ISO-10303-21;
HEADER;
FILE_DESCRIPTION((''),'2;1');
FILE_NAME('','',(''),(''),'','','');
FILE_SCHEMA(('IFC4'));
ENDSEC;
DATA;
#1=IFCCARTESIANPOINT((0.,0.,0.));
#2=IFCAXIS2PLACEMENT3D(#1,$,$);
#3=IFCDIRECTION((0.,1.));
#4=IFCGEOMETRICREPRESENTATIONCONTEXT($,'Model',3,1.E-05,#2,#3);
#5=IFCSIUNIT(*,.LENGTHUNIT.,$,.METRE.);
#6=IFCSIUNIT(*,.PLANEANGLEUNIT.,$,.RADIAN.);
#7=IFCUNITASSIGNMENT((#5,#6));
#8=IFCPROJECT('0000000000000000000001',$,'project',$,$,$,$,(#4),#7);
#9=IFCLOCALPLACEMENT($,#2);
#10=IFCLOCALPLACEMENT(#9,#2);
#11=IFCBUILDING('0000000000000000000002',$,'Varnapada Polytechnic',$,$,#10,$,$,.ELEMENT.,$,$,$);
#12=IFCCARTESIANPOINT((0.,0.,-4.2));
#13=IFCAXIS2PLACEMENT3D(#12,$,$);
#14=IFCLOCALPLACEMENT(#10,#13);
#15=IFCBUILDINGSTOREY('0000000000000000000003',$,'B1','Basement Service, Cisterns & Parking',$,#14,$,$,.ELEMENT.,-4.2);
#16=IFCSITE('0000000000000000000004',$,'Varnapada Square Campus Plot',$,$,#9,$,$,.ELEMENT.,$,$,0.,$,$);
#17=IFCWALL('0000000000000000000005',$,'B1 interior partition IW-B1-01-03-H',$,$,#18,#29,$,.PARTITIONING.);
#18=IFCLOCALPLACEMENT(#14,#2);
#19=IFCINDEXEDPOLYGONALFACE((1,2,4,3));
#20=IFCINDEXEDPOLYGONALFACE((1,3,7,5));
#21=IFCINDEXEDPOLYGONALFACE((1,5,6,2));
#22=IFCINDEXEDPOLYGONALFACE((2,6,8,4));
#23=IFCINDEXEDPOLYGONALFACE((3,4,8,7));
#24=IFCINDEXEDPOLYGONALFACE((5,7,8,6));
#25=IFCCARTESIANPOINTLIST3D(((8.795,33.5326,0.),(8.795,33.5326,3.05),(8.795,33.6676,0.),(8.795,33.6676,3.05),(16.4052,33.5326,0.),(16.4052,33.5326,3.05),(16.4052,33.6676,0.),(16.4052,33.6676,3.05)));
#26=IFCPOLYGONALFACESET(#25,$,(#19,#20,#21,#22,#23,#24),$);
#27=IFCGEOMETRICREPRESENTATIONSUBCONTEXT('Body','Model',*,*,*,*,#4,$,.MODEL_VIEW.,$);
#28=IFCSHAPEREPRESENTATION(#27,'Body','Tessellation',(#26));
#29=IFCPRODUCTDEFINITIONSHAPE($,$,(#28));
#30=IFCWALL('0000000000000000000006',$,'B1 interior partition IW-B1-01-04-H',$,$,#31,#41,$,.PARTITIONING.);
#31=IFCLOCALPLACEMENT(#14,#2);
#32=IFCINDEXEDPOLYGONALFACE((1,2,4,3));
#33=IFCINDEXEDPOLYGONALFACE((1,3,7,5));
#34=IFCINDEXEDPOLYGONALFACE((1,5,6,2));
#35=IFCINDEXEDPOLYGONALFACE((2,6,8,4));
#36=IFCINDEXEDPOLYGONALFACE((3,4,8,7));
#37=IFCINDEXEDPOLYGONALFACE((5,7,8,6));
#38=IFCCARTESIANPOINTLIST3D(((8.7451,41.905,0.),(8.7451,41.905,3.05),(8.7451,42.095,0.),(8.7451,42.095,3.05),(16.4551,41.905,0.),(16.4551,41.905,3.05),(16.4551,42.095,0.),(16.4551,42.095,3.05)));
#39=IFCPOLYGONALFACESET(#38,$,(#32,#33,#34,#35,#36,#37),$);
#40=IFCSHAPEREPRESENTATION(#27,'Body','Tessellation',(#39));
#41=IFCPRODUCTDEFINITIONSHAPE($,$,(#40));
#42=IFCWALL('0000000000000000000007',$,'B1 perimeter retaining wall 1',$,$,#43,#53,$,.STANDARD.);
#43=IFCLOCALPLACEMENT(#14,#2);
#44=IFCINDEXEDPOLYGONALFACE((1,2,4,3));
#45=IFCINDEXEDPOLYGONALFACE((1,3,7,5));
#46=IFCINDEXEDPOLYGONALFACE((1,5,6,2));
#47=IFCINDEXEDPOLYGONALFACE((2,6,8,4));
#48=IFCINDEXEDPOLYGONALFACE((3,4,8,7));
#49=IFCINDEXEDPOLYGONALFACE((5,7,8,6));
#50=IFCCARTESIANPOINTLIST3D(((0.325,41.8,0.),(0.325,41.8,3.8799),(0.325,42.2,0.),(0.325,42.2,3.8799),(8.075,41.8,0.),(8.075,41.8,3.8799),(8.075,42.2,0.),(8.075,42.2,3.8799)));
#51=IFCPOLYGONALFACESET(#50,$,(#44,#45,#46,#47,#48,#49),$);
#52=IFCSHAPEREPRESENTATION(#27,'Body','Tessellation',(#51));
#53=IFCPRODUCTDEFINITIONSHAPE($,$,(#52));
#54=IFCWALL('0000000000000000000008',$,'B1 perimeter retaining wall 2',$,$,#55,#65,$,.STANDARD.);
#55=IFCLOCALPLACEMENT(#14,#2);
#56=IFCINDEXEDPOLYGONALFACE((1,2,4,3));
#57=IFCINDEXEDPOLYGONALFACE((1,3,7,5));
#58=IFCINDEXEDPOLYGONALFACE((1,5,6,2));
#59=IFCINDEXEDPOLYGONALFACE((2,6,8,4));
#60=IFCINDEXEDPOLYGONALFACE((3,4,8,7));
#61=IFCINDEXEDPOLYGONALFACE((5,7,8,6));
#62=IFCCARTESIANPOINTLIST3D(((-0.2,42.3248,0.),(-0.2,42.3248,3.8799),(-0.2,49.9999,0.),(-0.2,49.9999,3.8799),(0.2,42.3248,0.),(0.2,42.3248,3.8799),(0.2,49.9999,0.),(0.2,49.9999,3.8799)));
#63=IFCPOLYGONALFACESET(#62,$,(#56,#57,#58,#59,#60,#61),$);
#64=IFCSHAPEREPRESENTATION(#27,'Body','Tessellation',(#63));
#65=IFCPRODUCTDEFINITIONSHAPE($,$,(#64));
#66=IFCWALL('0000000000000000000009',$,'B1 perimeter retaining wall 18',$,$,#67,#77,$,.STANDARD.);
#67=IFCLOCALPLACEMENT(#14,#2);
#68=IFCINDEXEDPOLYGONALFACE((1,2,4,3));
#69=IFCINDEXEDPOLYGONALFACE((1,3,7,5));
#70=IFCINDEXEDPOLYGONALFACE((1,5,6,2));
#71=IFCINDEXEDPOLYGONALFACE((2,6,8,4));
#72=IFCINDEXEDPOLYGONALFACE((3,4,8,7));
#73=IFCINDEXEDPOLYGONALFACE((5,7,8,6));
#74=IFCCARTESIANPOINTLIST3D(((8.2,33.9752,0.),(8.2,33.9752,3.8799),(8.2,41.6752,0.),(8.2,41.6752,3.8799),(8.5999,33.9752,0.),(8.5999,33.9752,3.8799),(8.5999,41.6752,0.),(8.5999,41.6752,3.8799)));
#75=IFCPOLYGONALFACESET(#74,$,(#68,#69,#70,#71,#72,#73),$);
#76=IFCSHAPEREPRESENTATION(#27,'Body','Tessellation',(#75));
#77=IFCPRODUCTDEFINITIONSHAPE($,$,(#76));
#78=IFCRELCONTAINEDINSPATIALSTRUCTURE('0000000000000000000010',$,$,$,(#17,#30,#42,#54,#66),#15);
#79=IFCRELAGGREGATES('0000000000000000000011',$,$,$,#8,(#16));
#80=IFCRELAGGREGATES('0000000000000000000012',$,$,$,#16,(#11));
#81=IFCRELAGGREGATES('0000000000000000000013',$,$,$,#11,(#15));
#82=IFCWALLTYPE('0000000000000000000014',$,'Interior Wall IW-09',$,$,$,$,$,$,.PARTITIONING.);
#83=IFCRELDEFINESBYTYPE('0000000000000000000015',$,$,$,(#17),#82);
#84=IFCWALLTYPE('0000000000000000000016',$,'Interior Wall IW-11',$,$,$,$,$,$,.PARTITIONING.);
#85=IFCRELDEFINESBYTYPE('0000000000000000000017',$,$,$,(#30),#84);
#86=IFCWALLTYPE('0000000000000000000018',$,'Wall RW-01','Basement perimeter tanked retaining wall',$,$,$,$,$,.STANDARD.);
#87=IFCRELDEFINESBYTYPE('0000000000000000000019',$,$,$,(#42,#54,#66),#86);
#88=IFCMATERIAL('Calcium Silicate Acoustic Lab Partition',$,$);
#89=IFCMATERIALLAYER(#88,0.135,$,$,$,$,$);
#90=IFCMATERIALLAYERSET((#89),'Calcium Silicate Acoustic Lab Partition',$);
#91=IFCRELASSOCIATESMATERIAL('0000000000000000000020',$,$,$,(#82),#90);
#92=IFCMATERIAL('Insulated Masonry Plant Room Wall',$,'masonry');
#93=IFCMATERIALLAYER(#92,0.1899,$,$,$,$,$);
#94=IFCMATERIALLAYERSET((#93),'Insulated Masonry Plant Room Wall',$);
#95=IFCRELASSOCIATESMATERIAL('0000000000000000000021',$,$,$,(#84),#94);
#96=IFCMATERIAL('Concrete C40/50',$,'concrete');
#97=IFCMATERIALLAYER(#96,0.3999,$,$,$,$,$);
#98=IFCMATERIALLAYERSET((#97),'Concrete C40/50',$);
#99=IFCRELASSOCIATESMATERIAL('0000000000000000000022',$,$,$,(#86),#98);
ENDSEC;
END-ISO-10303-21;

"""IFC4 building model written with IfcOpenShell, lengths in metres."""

from ifc_helpers import new_model, si_unit, direction, frame, frame_2d, origin, place, context, subcontext, project, spatial, rectangle, extrude, material, layer, layer_set, type_object, element, save


model = new_model("IFC4")

# Units and contexts
model_context = context("Model", 3, precision=1e-05, world=origin(), true_north=direction((0.0, 1.0)))
body_context = subcontext(model_context, "Body", "Model", "MODEL_VIEW")
ifc_project = project(units=[si_unit("LENGTHUNIT", "METRE"), si_unit("PLANEANGLEUNIT", "RADIAN")], contexts=[model_context])

# Site, building, storey
site_placement = place(None, origin())
site = spatial("IfcSite", under=ifc_project, at=site_placement, Name="Varnapada Square Campus Plot", CompositionType="ELEMENT", RefElevation=0.0)
building_placement = place(site_placement, origin())
building = spatial("IfcBuilding", under=site, at=building_placement, Name="Varnapada Polytechnic", CompositionType="ELEMENT")
storey_placement = place(building_placement, frame((0.0, 0.0, -4.2)))
storey = spatial("IfcBuildingStorey", under=building, at=storey_placement, Name="B1", Description="Basement Service, Cisterns & Parking", CompositionType="ELEMENT", Elevation=-4.2)

# Shared definitions
ifc_material_1 = material(Name="Concrete C40/50", Category="concrete")

# Walls
ifc_material_2 = material(Name="Calcium Silicate Acoustic Lab Partition")
ifc_layer_1 = layer(ifc_material_2, 0.135)
ifc_layer_set_1 = layer_set([ifc_layer_1], Name="Calcium Silicate Acoustic Lab Partition")
wall_type_1 = type_object("IfcWallType", Name="Interior Wall IW-09", PredefinedType="PARTITIONING", material=ifc_layer_set_1)
wall_1_placement = place(storey_placement, frame((8.7949, 33.6001, 0.0), z_axis=(0.0, 0.0, 1.0), x_axis=(1.0, 0.0, 0.0)))
element("IfcWall", 1, at=wall_1_placement, inside=storey, type_object=wall_type_1, Name="B1 interior partition IW-B1-01-03-H", PredefinedType="PARTITIONING", context=body_context, shape_type="SweptSolid", body=[
    extrude(rectangle(XDim=7.6101, YDim=0.135, at=frame_2d((3.8052, 0.0))), origin(), (0.0, 0.0, 1.0), 3.05),
])
ifc_material_3 = material(Name="Insulated Masonry Plant Room Wall", Category="masonry")
ifc_layer_2 = layer(ifc_material_3, 0.1899)
ifc_layer_set_2 = layer_set([ifc_layer_2], Name="Insulated Masonry Plant Room Wall")
wall_type_2 = type_object("IfcWallType", Name="Interior Wall IW-11", PredefinedType="PARTITIONING", material=ifc_layer_set_2)
wall_2_placement = place(storey_placement, frame((8.7451, 42.0, 0.0), z_axis=(0.0, 0.0, 1.0), x_axis=(1.0, 0.0, 0.0)))
element("IfcWall", 2, at=wall_2_placement, inside=storey, type_object=wall_type_2, Name="B1 interior partition IW-B1-01-04-H", PredefinedType="PARTITIONING", context=body_context, shape_type="SweptSolid", body=[
    extrude(rectangle(XDim=7.71, YDim=0.1899, at=frame_2d((3.855, 0.0))), origin(), (0.0, 0.0, 1.0), 3.05),
])
ifc_layer_3 = layer(ifc_material_1, 0.3999)
ifc_layer_set_3 = layer_set([ifc_layer_3], Name="Concrete C40/50")
wall_type_3 = type_object("IfcWallType", Name="Wall RW-01", Description="Basement perimeter tanked retaining wall", PredefinedType="STANDARD", material=ifc_layer_set_3)
wall_3_placement = place(storey_placement, frame((8.075, 42.0, 0.0), z_axis=(0.0, 0.0, 1.0), x_axis=(-1.0, 0.0, 0.0)))
element("IfcWall", 3, at=wall_3_placement, inside=storey, type_object=wall_type_3, Name="B1 perimeter retaining wall 1", PredefinedType="STANDARD", context=body_context, shape_type="SweptSolid", body=[
    extrude(rectangle(XDim=7.75, YDim=0.3999, at=frame_2d((3.875, 0.0))), origin(), (0.0, 0.0, 1.0), 3.8799),
])
wall_4_placement = place(storey_placement, frame((0.0, 42.325, 0.0), z_axis=(0.0, 0.0, 1.0), x_axis=(0.0, 1.0, 0.0)))
element("IfcWall", 4, at=wall_4_placement, inside=storey, type_object=wall_type_3, Name="B1 perimeter retaining wall 2", PredefinedType="STANDARD", context=body_context, shape_type="SweptSolid", body=[
    extrude(rectangle(XDim=7.675, YDim=0.3999, at=frame_2d((3.8374, 0.0))), origin(), (0.0, 0.0, 1.0), 3.8799),
])
wall_5_placement = place(storey_placement, frame((8.3999, 33.9751, 0.0), z_axis=(0.0, 0.0, 1.0), x_axis=(0.0, 1.0, 0.0)))
element("IfcWall", 5, at=wall_5_placement, inside=storey, type_object=wall_type_3, Name="B1 perimeter retaining wall 18", PredefinedType="STANDARD", context=body_context, shape_type="SweptSolid", body=[
    extrude(rectangle(XDim=7.7, YDim=0.3999, at=frame_2d((3.8501, 0.0))), origin(), (0.0, 0.0, 1.0), 3.8799),
])

save(model, "model.ifc")
